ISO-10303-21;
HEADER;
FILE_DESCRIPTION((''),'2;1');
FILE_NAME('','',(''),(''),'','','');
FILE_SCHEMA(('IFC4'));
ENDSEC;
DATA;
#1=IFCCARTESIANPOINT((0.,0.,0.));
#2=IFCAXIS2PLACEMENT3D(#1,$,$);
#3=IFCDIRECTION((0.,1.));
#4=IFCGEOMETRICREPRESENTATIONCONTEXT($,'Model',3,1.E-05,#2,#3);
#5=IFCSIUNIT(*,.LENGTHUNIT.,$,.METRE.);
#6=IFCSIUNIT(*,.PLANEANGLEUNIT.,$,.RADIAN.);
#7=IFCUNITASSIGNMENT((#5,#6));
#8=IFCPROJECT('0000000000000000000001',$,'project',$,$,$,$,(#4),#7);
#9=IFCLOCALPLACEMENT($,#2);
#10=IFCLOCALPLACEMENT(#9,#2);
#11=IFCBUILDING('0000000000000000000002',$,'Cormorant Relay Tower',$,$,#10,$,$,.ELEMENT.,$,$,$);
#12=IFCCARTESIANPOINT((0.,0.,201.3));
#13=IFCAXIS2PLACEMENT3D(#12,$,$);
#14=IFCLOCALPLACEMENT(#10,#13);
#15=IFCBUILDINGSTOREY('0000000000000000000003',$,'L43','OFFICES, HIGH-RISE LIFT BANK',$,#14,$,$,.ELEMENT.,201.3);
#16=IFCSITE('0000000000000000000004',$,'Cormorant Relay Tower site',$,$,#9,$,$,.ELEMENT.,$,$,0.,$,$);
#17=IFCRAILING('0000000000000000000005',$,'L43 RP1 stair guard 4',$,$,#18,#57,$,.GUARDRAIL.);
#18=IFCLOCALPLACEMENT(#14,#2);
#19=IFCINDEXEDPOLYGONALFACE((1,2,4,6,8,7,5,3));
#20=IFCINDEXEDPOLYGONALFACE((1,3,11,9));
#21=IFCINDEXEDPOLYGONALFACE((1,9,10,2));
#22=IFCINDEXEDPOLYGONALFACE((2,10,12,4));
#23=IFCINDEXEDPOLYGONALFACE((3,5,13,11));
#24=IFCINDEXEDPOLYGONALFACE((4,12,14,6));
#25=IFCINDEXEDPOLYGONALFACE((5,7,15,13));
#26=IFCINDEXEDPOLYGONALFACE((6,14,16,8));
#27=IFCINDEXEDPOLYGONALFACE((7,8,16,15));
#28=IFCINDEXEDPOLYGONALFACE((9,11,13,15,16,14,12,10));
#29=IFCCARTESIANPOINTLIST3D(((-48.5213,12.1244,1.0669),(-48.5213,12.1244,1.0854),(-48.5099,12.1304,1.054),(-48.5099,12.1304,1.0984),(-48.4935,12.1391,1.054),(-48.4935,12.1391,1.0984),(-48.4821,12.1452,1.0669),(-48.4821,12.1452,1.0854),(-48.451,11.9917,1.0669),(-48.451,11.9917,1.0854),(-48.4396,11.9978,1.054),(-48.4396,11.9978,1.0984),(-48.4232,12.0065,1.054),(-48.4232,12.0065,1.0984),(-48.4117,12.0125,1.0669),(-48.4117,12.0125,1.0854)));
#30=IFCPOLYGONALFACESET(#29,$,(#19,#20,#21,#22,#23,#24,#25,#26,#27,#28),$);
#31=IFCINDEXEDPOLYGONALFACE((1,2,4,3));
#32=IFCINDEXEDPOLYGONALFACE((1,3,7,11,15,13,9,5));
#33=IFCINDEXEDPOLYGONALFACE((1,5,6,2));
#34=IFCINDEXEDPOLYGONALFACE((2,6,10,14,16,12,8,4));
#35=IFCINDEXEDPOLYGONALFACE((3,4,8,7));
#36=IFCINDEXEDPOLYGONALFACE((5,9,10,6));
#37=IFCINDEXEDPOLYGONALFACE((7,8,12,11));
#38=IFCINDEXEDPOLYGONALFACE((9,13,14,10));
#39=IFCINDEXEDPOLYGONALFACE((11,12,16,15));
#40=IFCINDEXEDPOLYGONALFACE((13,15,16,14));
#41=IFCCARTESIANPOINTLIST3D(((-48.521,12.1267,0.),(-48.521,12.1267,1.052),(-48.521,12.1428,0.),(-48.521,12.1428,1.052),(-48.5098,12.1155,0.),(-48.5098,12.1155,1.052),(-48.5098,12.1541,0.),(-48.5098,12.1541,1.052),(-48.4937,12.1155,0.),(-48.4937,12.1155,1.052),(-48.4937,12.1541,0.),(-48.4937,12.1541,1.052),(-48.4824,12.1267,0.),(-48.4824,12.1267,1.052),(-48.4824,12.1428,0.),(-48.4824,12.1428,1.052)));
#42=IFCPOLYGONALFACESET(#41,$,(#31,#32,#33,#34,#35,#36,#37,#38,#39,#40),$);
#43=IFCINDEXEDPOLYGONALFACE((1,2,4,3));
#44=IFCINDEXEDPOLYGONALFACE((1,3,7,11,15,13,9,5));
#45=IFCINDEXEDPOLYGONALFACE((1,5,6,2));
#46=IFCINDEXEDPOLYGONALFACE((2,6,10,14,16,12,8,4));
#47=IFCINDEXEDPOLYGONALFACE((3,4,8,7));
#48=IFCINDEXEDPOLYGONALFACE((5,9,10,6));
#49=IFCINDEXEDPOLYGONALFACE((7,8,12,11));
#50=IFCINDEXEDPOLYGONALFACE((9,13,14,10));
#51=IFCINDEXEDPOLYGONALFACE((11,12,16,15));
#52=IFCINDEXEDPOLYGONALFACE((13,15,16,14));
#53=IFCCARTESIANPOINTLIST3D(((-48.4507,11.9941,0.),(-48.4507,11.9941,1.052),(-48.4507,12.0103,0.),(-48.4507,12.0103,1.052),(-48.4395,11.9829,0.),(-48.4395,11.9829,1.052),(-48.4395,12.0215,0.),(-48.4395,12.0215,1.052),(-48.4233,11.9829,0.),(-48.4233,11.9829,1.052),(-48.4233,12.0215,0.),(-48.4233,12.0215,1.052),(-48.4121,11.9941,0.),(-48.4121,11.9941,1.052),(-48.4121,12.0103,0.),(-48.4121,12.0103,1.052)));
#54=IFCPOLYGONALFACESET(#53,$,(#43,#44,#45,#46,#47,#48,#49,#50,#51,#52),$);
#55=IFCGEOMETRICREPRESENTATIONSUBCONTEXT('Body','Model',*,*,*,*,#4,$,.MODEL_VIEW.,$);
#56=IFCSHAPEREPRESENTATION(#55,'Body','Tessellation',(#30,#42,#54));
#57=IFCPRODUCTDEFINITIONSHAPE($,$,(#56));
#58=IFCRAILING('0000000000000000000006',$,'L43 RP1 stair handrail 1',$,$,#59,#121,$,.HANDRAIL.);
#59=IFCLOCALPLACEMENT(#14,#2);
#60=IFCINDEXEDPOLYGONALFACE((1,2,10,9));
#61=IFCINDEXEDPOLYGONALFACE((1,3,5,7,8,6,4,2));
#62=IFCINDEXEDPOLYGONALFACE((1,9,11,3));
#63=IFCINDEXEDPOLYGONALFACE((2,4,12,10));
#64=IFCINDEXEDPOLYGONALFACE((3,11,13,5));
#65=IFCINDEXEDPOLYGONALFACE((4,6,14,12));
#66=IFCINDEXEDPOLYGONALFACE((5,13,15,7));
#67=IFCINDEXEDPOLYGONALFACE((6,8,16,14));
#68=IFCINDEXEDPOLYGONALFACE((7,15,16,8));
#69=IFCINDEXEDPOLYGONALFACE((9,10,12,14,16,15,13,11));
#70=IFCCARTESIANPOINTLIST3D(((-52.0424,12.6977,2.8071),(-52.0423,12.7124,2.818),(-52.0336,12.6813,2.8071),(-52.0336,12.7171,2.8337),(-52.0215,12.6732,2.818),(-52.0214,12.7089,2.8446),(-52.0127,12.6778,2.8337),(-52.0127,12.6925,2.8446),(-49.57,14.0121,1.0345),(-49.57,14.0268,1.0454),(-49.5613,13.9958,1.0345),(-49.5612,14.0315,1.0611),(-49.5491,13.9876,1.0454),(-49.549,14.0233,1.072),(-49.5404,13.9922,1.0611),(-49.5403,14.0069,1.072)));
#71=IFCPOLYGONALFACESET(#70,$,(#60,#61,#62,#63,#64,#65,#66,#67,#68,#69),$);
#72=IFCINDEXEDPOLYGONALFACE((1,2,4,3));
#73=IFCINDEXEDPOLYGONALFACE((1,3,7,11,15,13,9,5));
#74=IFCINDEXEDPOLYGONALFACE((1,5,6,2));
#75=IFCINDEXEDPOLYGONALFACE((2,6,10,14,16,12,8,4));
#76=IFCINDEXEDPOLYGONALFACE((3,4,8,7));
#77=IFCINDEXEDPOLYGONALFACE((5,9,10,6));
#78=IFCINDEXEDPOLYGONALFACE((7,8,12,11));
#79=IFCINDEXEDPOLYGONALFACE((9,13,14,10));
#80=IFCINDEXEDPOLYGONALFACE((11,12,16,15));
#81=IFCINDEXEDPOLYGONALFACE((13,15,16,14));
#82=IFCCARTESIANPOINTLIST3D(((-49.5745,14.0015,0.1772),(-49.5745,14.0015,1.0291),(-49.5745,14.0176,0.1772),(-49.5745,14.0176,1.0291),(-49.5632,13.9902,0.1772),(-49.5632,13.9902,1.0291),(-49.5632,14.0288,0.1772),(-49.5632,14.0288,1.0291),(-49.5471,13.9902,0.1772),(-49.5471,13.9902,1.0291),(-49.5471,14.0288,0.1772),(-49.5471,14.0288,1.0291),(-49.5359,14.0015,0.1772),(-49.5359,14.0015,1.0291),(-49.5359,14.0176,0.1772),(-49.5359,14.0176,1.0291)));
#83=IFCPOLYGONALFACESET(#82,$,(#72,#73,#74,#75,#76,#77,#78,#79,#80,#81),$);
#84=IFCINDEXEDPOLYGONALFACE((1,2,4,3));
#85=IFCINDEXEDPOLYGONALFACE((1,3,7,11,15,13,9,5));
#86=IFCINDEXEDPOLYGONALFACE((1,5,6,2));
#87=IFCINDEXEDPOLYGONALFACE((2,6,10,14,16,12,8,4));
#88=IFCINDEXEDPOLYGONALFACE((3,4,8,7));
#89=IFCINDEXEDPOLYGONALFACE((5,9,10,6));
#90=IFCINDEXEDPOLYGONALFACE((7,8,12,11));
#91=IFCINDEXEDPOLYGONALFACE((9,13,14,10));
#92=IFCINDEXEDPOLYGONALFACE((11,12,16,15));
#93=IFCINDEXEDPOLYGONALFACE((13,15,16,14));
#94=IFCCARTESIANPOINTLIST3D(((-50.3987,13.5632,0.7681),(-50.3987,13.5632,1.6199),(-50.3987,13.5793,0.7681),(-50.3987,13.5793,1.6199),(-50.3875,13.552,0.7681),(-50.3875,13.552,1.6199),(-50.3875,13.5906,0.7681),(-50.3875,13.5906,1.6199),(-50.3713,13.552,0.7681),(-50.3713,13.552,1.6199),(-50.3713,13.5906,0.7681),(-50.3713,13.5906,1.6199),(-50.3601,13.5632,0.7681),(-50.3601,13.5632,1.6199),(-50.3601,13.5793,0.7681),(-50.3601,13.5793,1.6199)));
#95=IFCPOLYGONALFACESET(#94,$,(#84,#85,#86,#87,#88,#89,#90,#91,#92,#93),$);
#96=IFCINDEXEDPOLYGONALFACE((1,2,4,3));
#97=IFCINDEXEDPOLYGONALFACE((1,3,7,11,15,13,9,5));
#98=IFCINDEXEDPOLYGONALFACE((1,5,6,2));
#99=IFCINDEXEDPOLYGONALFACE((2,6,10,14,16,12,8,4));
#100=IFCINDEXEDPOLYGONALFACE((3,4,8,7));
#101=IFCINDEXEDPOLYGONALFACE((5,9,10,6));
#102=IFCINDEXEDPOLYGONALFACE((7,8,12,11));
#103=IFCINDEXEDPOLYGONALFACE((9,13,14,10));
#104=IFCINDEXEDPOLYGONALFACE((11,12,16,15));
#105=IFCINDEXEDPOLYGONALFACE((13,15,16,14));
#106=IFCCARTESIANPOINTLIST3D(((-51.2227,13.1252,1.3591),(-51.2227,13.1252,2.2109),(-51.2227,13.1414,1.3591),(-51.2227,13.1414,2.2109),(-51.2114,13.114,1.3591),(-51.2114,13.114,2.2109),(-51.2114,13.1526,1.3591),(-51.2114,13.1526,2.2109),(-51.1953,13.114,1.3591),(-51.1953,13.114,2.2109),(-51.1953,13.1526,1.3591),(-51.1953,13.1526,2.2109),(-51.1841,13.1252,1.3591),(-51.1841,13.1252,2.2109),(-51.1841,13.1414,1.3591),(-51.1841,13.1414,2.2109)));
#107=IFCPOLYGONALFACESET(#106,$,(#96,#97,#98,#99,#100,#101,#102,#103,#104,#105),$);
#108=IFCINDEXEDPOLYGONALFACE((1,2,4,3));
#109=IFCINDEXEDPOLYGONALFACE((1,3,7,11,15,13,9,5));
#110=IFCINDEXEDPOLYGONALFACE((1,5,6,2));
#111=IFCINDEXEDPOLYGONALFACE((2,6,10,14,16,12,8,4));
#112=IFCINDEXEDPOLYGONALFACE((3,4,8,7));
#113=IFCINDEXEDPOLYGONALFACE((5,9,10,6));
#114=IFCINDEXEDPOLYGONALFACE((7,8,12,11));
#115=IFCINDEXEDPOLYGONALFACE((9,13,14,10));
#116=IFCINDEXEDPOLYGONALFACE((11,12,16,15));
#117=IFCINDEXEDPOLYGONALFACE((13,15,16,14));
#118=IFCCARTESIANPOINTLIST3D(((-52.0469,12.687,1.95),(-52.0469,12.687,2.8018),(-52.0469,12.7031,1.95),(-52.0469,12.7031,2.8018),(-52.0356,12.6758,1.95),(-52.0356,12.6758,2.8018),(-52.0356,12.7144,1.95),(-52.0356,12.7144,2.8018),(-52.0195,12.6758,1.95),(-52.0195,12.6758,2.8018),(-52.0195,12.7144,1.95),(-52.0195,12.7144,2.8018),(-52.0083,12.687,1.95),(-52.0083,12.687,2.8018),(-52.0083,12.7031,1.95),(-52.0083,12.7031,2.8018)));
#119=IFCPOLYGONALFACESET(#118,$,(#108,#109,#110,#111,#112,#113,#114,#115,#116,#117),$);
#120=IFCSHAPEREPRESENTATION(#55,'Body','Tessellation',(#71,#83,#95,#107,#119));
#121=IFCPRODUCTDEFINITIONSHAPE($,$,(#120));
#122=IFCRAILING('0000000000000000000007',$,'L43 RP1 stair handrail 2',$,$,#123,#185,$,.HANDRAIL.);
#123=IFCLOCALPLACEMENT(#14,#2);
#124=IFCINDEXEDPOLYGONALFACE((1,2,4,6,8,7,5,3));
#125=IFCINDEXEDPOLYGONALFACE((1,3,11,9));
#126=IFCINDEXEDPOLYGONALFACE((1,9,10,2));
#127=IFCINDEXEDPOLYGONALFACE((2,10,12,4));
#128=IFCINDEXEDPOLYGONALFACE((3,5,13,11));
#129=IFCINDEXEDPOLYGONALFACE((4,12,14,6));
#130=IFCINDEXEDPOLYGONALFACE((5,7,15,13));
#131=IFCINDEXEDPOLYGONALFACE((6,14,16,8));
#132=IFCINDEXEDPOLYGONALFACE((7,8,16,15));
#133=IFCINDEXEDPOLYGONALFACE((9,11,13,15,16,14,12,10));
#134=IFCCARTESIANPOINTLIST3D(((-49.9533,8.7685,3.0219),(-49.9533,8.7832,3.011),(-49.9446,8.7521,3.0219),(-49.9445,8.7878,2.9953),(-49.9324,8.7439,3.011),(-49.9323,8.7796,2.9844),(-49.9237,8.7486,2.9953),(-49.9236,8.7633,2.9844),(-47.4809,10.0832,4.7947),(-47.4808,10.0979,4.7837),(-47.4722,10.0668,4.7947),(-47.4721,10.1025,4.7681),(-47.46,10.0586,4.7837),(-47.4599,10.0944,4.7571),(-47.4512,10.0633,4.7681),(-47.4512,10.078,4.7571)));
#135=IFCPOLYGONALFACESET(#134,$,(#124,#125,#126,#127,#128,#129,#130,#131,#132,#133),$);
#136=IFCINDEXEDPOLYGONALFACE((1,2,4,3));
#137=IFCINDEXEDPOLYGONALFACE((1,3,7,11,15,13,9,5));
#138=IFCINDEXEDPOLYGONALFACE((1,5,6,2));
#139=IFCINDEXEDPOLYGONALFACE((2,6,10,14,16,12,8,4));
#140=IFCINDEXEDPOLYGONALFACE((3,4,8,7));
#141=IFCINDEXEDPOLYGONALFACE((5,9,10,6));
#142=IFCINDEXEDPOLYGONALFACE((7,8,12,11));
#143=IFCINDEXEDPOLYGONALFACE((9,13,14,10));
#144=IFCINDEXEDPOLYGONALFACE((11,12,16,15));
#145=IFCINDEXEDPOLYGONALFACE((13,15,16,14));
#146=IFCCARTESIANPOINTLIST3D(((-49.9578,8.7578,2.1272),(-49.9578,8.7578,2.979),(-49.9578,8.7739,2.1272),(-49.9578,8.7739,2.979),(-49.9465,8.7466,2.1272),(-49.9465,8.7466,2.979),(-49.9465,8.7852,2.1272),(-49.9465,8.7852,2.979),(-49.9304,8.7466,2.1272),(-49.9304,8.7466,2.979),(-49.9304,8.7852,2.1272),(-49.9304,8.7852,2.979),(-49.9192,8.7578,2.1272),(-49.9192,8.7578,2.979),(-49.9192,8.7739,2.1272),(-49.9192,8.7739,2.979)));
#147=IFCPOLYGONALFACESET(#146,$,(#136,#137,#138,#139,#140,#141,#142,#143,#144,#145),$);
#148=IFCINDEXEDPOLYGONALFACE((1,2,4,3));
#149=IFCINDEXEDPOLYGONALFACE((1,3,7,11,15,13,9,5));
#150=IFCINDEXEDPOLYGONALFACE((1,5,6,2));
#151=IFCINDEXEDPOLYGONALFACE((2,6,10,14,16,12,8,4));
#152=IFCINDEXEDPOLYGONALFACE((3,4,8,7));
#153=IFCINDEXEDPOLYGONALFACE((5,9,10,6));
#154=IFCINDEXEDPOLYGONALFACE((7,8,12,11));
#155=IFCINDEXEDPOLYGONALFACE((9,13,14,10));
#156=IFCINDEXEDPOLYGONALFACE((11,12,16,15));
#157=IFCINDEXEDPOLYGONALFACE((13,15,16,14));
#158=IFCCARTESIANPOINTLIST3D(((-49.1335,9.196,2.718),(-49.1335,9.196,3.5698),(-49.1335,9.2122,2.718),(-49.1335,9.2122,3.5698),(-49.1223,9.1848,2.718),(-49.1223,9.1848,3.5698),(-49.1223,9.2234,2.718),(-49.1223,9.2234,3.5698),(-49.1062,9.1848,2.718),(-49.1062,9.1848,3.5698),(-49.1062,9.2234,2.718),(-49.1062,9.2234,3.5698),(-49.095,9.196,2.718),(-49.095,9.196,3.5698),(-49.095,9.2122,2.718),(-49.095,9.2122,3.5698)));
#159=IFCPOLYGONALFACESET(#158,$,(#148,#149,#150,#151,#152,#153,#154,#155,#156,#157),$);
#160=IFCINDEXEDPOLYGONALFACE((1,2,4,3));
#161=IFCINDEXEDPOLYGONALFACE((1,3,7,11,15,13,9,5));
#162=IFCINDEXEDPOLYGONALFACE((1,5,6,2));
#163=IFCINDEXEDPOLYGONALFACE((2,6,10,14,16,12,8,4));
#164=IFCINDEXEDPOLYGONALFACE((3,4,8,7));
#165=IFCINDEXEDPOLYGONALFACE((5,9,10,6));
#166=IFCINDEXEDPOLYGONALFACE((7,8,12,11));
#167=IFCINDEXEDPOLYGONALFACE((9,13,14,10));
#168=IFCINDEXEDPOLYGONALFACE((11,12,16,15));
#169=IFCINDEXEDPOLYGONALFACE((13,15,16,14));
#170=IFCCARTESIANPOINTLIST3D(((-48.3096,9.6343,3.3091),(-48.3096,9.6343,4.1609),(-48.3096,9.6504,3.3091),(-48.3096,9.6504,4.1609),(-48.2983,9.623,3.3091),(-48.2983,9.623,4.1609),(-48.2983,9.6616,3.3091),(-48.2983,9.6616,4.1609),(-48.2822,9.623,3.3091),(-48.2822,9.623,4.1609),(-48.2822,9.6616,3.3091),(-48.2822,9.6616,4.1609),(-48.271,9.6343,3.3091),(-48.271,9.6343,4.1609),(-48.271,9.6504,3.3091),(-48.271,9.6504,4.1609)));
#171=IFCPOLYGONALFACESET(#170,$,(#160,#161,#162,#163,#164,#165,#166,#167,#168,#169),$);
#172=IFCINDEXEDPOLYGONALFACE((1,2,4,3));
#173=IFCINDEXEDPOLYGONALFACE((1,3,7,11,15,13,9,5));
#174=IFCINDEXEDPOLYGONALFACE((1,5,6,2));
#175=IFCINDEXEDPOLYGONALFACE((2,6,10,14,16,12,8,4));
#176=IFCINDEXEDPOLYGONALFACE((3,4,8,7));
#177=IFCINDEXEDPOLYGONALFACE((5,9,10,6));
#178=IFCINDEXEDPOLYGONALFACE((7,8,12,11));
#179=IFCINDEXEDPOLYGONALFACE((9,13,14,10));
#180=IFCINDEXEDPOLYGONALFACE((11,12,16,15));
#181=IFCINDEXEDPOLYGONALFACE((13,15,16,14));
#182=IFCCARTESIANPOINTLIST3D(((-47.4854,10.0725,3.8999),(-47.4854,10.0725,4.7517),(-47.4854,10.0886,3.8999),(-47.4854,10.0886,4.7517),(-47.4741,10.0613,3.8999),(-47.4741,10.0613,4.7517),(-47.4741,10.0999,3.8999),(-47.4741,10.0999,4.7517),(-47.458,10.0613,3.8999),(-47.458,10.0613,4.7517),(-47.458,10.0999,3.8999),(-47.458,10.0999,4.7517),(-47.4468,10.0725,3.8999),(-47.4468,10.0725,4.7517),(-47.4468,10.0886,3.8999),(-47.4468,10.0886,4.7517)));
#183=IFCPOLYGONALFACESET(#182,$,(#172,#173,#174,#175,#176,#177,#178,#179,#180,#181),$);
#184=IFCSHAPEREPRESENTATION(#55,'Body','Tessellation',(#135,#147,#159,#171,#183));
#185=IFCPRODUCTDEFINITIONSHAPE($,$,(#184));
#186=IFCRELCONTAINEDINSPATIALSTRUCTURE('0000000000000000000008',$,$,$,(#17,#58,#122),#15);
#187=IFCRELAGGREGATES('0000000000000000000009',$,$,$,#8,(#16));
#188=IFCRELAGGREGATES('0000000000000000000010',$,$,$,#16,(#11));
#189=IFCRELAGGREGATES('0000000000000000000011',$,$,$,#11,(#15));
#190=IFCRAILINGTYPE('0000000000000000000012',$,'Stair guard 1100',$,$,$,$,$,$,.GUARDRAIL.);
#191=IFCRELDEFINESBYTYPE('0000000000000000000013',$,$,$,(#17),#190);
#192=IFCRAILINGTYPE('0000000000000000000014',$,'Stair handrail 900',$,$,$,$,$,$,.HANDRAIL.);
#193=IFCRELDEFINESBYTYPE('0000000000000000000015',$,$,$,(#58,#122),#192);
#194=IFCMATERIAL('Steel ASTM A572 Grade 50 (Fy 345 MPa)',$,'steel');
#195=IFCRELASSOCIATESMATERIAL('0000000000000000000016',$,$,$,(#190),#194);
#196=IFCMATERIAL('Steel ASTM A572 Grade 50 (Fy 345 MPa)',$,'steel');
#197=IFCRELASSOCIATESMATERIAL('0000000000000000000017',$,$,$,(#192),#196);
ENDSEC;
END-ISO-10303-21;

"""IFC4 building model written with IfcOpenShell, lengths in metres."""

from ifc_helpers import new_model, si_unit, direction, frame, origin, place, context, subcontext, project, spatial, polyline, outline, extrude, material, type_object, element, save


model = new_model("IFC4")

# Units and contexts
model_context = context("Model", 3, precision=1e-05, world=origin(), true_north=direction((0.0, 1.0)))
body_context = subcontext(model_context, "Body", "Model", "MODEL_VIEW")
ifc_project = project(units=[si_unit("LENGTHUNIT", "METRE"), si_unit("PLANEANGLEUNIT", "RADIAN")], contexts=[model_context])

# Site, building, storey
site_placement = place(None, origin())
site = spatial("IfcSite", under=ifc_project, at=site_placement, Name="Cormorant Relay Tower site", CompositionType="ELEMENT", RefElevation=0.0)
building_placement = place(site_placement, origin())
building = spatial("IfcBuilding", under=site, at=building_placement, Name="Cormorant Relay Tower", CompositionType="ELEMENT")
storey_placement = place(building_placement, frame((0.0, 0.0, 201.3)))
storey = spatial("IfcBuildingStorey", under=building, at=storey_placement, Name="L43", Description="OFFICES, HIGH-RISE LIFT BANK", CompositionType="ELEMENT", Elevation=201.3)

# Railings
ifc_material_1 = material(Name="Steel ASTM A572 Grade 50 (Fy 345 MPa)", Category="steel")
railing_type_1 = type_object("IfcRailingType", Name="Stair guard 1100", PredefinedType="GUARDRAIL", material=ifc_material_1)
railing_1_placement = place(storey_placement, frame((-48.5017, 12.1348, 0.0)))
element("IfcRailing", 1, at=railing_1_placement, inside=storey, type_object=railing_type_1, Name="L43 RP1 stair guard 4", PredefinedType="GUARDRAIL", context=body_context, shape_type="SweptSolid", body=[
    extrude(outline(polyline([(0.0222, 0.0093), (0.0093, 0.0222), (-0.0093, 0.0222), (-0.0222, 0.0093), (-0.0222, -0.0093), (-0.0093, -0.0222), (0.0093, -0.0222), (0.0222, -0.0093), (0.0222, 0.0093)])), frame((0.0, 0.0, 1.0762), z_axis=(0.46856, -0.883431, 0.0), x_axis=(0.883431, 0.46856, 0.0)), (0.0, 0.0, 1.0), 0.1501),
    extrude(outline(polyline([(0.0193, 0.0081), (0.0081, 0.0193), (-0.0081, 0.0193), (-0.0193, 0.0081), (-0.0193, -0.0081), (-0.0081, -0.0193), (0.0081, -0.0193), (0.0193, -0.0081), (0.0193, 0.0081)])), origin(), (0.0, 0.0, 1.0), 1.052),
    extrude(outline(polyline([(0.0193, 0.0081), (0.0081, 0.0193), (-0.0081, 0.0193), (-0.0193, 0.0081), (-0.0193, -0.0081), (-0.0081, -0.0193), (0.0081, -0.0193), (0.0193, -0.0081), (0.0193, 0.0081)])), frame((0.0703, -0.1326, 0.0)), (0.0, 0.0, 1.0), 1.052),
])
ifc_material_2 = material(Name="Steel ASTM A572 Grade 50 (Fy 345 MPa)", Category="steel")
railing_type_2 = type_object("IfcRailingType", Name="Stair handrail 900", PredefinedType="HANDRAIL", material=ifc_material_2)
railing_2_placement = place(storey_placement, frame((-49.5552, 14.0095, 0.1772)))
element("IfcRailing", 2, at=railing_2_placement, inside=storey, type_object=railing_type_2, Name="L43 RP1 stair handrail 1", PredefinedType="HANDRAIL", context=body_context, shape_type="SweptSolid", body=[
    extrude(outline(polyline([(0.0222, 0.0093), (0.0093, 0.0222), (-0.0093, 0.0222), (-0.0222, 0.0093), (-0.0222, -0.0093), (-0.0093, -0.0222), (0.0093, -0.0222), (0.0222, -0.0093), (0.0222, 0.0093)])), frame((0.0, 0.0, 0.876), z_axis=(-0.746034, -0.396627, 0.534902), x_axis=(0.469429, -0.88297, 0.0)), (0.0, 0.0, 1.0), 3.314),
    extrude(outline(polyline([(0.0193, 0.0081), (0.0081, 0.0193), (-0.0081, 0.0193), (-0.0193, 0.0081), (-0.0193, -0.0081), (-0.0081, -0.0193), (0.0081, -0.0193), (0.0193, -0.0081), (0.0193, 0.0081)])), origin(), (0.0, 0.0, 1.0), 0.8518),
    extrude(outline(polyline([(0.0193, 0.0081), (0.0081, 0.0193), (-0.0081, 0.0193), (-0.0193, 0.0081), (-0.0193, -0.0081), (-0.0081, -0.0193), (0.0081, -0.0193), (0.0193, -0.0081), (0.0193, 0.0081)])), frame((-0.8242, -0.4382, 0.5908)), (0.0, 0.0, 1.0), 0.8518),
    extrude(outline(polyline([(0.0193, 0.0081), (0.0081, 0.0193), (-0.0081, 0.0193), (-0.0193, 0.0081), (-0.0193, -0.0081), (-0.0081, -0.0193), (0.0081, -0.0193), (0.0193, -0.0081), (0.0193, 0.0081)])), frame((-1.6482, -0.8762, 1.1819)), (0.0, 0.0, 1.0), 0.8518),
    extrude(outline(polyline([(0.0193, 0.0081), (0.0081, 0.0193), (-0.0081, 0.0193), (-0.0193, 0.0081), (-0.0193, -0.0081), (-0.0081, -0.0193), (0.0081, -0.0193), (0.0193, -0.0081), (0.0193, 0.0081)])), frame((-2.4724, -1.3145, 1.7727)), (0.0, 0.0, 1.0), 0.8518),
])
railing_3_placement = place(storey_placement, frame((-49.9385, 8.7659, 2.1272)))
element("IfcRailing", 3, at=railing_3_placement, inside=storey, type_object=railing_type_2, Name="L43 RP1 stair handrail 2", PredefinedType="HANDRAIL", context=body_context, shape_type="SweptSolid", body=[
    extrude(outline(polyline([(0.0222, 0.0093), (0.0093, 0.0222), (-0.0093, 0.0222), (-0.0222, 0.0093), (-0.0222, -0.0093), (-0.0093, -0.0222), (0.0093, -0.0222), (0.0222, -0.0093), (0.0222, 0.0093)])), frame((0.0, 0.0, 0.876), z_axis=(0.746012, 0.39669, 0.534886), x_axis=(-0.469497, 0.882934, 0.0)), (0.0, 0.0, 1.0), 3.3142),
    extrude(outline(polyline([(0.0193, 0.0081), (0.0081, 0.0193), (-0.0081, 0.0193), (-0.0193, 0.0081), (-0.0193, -0.0081), (-0.0081, -0.0193), (0.0081, -0.0193), (0.0193, -0.0081), (0.0193, 0.0081)])), origin(), (0.0, 0.0, 1.0), 0.8518),
    extrude(outline(polyline([(0.0193, 0.0081), (0.0081, 0.0193), (-0.0081, 0.0193), (-0.0193, 0.0081), (-0.0193, -0.0081), (-0.0081, -0.0193), (0.0081, -0.0193), (0.0193, -0.0081), (0.0193, 0.0081)])), frame((0.8242, 0.4382, 0.5908)), (0.0, 0.0, 1.0), 0.8518),
    extrude(outline(polyline([(0.0193, 0.0081), (0.0081, 0.0193), (-0.0081, 0.0193), (-0.0193, 0.0081), (-0.0193, -0.0081), (-0.0081, -0.0193), (0.0081, -0.0193), (0.0193, -0.0081), (0.0193, 0.0081)])), frame((1.6482, 0.8765, 1.1819)), (0.0, 0.0, 1.0), 0.8518),
    extrude(outline(polyline([(0.0193, 0.0081), (0.0081, 0.0193), (-0.0081, 0.0193), (-0.0193, 0.0081), (-0.0193, -0.0081), (-0.0081, -0.0193), (0.0081, -0.0193), (0.0193, -0.0081), (0.0193, 0.0081)])), frame((2.4724, 1.3147, 1.7727)), (0.0, 0.0, 1.0), 0.8518),
])

save(model, "model.ifc")
